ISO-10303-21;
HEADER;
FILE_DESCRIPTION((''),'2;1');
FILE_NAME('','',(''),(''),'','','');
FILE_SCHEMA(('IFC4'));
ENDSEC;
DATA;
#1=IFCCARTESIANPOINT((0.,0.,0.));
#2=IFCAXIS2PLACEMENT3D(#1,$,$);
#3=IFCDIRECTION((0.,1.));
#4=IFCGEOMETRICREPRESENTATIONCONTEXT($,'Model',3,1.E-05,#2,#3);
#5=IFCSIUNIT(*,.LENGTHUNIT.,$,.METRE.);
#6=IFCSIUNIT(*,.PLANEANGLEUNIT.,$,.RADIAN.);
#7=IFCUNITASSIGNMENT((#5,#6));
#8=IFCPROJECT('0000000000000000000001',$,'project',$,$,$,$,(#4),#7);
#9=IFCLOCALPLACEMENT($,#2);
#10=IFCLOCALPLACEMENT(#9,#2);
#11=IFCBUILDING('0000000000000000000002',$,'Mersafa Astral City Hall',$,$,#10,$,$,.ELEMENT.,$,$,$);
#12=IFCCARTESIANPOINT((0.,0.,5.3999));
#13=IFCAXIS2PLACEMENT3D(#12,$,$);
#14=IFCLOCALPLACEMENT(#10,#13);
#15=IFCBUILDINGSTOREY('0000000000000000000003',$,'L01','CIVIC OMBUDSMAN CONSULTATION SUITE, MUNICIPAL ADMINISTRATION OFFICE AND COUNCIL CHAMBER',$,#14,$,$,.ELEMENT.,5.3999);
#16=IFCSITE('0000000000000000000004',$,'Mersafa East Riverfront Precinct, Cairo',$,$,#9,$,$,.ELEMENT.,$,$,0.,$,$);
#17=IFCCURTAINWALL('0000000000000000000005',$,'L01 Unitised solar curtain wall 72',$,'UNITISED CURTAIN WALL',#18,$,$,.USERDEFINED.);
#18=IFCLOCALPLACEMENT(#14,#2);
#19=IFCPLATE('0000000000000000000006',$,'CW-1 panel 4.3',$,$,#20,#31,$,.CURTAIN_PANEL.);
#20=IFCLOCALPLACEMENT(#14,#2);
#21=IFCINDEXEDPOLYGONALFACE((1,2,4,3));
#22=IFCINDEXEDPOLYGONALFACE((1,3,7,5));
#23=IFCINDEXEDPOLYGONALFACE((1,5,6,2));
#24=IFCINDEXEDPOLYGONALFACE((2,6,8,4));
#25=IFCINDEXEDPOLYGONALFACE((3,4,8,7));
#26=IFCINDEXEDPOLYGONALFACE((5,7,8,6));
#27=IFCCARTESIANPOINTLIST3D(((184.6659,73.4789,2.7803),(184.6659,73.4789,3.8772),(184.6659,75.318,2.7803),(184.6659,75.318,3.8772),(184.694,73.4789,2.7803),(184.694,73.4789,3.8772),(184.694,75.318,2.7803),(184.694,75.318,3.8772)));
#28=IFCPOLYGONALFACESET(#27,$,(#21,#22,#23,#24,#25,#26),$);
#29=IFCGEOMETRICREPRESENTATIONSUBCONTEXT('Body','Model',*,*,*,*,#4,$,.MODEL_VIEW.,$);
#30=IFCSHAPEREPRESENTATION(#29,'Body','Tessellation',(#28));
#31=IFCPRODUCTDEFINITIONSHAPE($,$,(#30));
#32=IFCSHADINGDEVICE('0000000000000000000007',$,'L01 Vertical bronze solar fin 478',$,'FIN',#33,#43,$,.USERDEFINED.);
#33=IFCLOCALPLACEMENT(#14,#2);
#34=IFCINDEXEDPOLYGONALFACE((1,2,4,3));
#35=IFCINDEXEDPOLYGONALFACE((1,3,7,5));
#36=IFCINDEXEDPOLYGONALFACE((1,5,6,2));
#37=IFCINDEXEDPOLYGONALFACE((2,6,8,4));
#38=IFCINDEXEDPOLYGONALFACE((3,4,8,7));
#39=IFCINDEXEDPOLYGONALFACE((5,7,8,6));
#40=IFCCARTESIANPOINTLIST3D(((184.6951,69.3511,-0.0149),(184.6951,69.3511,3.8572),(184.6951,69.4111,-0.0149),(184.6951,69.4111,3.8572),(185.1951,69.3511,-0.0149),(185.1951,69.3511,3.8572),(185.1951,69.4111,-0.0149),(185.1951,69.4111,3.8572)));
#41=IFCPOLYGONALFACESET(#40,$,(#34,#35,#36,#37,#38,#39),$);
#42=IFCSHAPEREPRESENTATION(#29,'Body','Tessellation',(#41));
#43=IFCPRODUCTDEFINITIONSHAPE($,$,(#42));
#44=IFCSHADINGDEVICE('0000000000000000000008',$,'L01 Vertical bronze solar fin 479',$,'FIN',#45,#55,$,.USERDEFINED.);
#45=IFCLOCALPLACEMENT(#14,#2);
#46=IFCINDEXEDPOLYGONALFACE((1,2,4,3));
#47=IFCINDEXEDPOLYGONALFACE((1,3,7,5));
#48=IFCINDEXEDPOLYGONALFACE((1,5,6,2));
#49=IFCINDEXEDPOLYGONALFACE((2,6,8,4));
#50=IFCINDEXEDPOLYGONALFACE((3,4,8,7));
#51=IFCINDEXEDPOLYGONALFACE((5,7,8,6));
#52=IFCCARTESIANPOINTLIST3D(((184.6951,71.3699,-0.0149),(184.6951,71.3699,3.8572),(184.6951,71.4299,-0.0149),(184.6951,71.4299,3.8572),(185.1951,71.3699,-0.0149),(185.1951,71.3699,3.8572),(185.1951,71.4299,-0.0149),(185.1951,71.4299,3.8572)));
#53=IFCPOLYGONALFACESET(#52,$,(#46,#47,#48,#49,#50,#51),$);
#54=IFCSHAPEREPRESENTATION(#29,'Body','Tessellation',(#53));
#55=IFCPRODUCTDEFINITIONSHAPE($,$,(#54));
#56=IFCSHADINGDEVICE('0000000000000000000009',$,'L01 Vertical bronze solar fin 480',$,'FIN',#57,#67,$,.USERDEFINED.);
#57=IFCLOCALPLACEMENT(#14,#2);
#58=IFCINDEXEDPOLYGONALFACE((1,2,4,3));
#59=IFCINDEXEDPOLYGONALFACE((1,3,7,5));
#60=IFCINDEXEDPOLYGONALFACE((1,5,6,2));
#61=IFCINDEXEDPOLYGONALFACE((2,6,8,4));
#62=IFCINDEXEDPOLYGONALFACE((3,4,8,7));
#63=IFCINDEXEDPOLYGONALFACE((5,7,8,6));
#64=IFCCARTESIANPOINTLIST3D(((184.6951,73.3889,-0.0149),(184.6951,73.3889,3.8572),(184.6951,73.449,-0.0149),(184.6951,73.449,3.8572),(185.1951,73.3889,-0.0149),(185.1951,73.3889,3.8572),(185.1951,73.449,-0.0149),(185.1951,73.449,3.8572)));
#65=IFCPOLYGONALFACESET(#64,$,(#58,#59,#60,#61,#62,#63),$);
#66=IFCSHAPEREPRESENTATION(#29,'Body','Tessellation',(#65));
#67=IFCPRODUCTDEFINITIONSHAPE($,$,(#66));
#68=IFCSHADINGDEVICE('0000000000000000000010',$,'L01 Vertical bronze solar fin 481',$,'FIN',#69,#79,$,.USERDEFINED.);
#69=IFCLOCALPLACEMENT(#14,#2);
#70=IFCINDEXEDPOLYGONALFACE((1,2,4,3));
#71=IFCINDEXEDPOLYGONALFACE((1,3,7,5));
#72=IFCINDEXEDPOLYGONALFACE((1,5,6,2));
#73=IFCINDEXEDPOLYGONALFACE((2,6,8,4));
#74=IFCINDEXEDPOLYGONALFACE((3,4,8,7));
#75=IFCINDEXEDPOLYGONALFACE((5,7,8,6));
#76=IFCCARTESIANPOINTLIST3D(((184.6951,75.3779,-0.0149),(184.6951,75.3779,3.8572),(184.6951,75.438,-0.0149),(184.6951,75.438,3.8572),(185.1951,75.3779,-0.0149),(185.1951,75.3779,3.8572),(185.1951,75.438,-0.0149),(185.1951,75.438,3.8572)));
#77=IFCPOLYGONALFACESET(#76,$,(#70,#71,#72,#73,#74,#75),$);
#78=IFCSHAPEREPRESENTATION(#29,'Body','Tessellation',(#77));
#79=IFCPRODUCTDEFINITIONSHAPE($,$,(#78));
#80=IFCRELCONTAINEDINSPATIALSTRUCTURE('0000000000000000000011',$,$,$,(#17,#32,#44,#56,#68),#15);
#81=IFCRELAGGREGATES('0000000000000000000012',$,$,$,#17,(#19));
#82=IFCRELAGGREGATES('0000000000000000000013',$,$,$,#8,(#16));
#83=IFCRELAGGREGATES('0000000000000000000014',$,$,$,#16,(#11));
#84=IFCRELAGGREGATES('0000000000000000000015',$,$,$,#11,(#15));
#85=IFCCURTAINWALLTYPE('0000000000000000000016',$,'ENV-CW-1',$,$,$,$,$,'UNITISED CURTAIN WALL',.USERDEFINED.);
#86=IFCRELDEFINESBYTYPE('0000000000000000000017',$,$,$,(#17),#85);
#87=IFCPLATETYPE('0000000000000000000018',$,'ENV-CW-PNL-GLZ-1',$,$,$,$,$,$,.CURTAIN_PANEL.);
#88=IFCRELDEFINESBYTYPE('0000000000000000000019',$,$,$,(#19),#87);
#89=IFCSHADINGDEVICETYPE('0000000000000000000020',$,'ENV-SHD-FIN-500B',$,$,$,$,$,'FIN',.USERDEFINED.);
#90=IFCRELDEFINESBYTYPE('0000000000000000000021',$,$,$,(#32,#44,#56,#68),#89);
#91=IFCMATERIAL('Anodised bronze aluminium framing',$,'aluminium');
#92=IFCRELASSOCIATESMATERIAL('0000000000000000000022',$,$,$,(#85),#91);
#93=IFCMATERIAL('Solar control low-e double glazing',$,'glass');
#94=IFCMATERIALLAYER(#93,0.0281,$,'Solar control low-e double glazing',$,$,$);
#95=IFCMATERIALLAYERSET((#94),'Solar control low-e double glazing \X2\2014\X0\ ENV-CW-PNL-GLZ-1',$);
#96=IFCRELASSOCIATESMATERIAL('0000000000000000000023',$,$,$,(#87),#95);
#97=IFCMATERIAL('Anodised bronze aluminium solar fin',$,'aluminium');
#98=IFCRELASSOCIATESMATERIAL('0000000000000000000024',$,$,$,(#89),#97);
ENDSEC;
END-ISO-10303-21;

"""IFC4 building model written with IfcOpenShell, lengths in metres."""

from ifc_helpers import new_model, si_unit, direction, frame, origin, origin_2d, place, context, subcontext, project, spatial, rectangle, extrude, material, layer, layer_set, type_object, element, aggregate, save


model = new_model("IFC4")

# Units and contexts
model_context = context("Model", 3, precision=1e-05, world=origin(), true_north=direction((0.0, 1.0)))
body_context = subcontext(model_context, "Body", "Model", "MODEL_VIEW")
ifc_project = project(units=[si_unit("LENGTHUNIT", "METRE"), si_unit("PLANEANGLEUNIT", "RADIAN")], contexts=[model_context])

# Site, building, storey
site_placement = place(None, origin())
site = spatial("IfcSite", under=ifc_project, at=site_placement, Name="Mersafa East Riverfront Precinct, Cairo", CompositionType="ELEMENT", RefElevation=0.0)
building_placement = place(site_placement, origin())
building = spatial("IfcBuilding", under=site, at=building_placement, Name="Mersafa Astral City Hall", CompositionType="ELEMENT")
storey_placement = place(building_placement, frame((0.0, 0.0, 5.3999)))
storey = spatial("IfcBuildingStorey", under=building, at=storey_placement, Name="L01", Description="CIVIC OMBUDSMAN CONSULTATION SUITE, MUNICIPAL ADMINISTRATION OFFICE AND COUNCIL CHAMBER", CompositionType="ELEMENT", Elevation=5.3999)

# Curtain wall, plate
ifc_material_1 = material(Name="Anodised bronze aluminium framing", Category="aluminium")
curtain_wall_type = type_object("IfcCurtainWallType", Name="ENV-CW-1", ElementType="UNITISED CURTAIN WALL", PredefinedType="USERDEFINED", material=ifc_material_1)
curtain_wall_placement = place(storey_placement, origin())
curtain_wall = element("IfcCurtainWall", 1, at=curtain_wall_placement, inside=storey, type_object=curtain_wall_type, Name="L01 Unitised solar curtain wall 72", ObjectType="UNITISED CURTAIN WALL", PredefinedType="USERDEFINED")
ifc_material_2 = material(Name="Solar control low-e double glazing", Category="glass")
ifc_layer = layer(ifc_material_2, 0.0281, Name="Solar control low-e double glazing")
ifc_layer_set = layer_set([ifc_layer], Name="Solar control low-e double glazing — ENV-CW-PNL-GLZ-1")
plate_type = type_object("IfcPlateType", Name="ENV-CW-PNL-GLZ-1", PredefinedType="CURTAIN_PANEL", material=ifc_layer_set)
plate_1_placement = place(storey_placement, frame((184.6799, 74.3984, 2.7803), z_axis=(0.0, 0.0, 1.0), x_axis=(0.0, 1.0, 0.0)))
plate_1 = element("IfcPlate", 2, at=plate_1_placement, type_object=plate_type, Name="CW-1 panel 4.3", PredefinedType="CURTAIN_PANEL", context=body_context, shape_type="SweptSolid", body=[
    extrude(rectangle(XDim=1.8391, YDim=0.0281, at=origin_2d()), origin(), (0.0, 0.0, 1.0), 1.0969),
])
aggregate(curtain_wall, [plate_1])

# Shading devices
ifc_material_3 = material(Name="Anodised bronze aluminium solar fin", Category="aluminium")
shading_device_type = type_object("IfcShadingDeviceType", Name="ENV-SHD-FIN-500B", ElementType="FIN", PredefinedType="USERDEFINED", material=ifc_material_3)
for number, where, z_axis, x_axis, name in (
    (3, (184.9451, 69.3811, -0.0149), (0.0, 0.0, 1.0), (0.0, 1.0, 0.0), "L01 Vertical bronze solar fin 478"),
    (4, (184.9451, 71.3999, -0.0149), (0.0, 0.0, 1.0), (0.0, 1.0, 0.0), "L01 Vertical bronze solar fin 479"),
    (5, (184.9451, 73.4189, -0.0149), (0.0, 0.0, 1.0), (0.0, 1.0, 0.0), "L01 Vertical bronze solar fin 480"),
    (6, (184.9451, 75.408, -0.0149), (0.0, 0.0, 1.0), (0.0, 1.0, 0.0), "L01 Vertical bronze solar fin 481"),
):
    element("IfcShadingDevice", number, at=place(storey_placement, frame(where, z_axis=z_axis, x_axis=x_axis)), inside=storey, type_object=shading_device_type, Name=name, ObjectType="FIN", PredefinedType="USERDEFINED", context=body_context, shape_type="SweptSolid", body=[
        extrude(rectangle(XDim=0.0601, YDim=0.5, at=origin_2d()), origin(), (0.0, 0.0, 1.0), 3.8721),
    ])

save(model, "model.ifc")
